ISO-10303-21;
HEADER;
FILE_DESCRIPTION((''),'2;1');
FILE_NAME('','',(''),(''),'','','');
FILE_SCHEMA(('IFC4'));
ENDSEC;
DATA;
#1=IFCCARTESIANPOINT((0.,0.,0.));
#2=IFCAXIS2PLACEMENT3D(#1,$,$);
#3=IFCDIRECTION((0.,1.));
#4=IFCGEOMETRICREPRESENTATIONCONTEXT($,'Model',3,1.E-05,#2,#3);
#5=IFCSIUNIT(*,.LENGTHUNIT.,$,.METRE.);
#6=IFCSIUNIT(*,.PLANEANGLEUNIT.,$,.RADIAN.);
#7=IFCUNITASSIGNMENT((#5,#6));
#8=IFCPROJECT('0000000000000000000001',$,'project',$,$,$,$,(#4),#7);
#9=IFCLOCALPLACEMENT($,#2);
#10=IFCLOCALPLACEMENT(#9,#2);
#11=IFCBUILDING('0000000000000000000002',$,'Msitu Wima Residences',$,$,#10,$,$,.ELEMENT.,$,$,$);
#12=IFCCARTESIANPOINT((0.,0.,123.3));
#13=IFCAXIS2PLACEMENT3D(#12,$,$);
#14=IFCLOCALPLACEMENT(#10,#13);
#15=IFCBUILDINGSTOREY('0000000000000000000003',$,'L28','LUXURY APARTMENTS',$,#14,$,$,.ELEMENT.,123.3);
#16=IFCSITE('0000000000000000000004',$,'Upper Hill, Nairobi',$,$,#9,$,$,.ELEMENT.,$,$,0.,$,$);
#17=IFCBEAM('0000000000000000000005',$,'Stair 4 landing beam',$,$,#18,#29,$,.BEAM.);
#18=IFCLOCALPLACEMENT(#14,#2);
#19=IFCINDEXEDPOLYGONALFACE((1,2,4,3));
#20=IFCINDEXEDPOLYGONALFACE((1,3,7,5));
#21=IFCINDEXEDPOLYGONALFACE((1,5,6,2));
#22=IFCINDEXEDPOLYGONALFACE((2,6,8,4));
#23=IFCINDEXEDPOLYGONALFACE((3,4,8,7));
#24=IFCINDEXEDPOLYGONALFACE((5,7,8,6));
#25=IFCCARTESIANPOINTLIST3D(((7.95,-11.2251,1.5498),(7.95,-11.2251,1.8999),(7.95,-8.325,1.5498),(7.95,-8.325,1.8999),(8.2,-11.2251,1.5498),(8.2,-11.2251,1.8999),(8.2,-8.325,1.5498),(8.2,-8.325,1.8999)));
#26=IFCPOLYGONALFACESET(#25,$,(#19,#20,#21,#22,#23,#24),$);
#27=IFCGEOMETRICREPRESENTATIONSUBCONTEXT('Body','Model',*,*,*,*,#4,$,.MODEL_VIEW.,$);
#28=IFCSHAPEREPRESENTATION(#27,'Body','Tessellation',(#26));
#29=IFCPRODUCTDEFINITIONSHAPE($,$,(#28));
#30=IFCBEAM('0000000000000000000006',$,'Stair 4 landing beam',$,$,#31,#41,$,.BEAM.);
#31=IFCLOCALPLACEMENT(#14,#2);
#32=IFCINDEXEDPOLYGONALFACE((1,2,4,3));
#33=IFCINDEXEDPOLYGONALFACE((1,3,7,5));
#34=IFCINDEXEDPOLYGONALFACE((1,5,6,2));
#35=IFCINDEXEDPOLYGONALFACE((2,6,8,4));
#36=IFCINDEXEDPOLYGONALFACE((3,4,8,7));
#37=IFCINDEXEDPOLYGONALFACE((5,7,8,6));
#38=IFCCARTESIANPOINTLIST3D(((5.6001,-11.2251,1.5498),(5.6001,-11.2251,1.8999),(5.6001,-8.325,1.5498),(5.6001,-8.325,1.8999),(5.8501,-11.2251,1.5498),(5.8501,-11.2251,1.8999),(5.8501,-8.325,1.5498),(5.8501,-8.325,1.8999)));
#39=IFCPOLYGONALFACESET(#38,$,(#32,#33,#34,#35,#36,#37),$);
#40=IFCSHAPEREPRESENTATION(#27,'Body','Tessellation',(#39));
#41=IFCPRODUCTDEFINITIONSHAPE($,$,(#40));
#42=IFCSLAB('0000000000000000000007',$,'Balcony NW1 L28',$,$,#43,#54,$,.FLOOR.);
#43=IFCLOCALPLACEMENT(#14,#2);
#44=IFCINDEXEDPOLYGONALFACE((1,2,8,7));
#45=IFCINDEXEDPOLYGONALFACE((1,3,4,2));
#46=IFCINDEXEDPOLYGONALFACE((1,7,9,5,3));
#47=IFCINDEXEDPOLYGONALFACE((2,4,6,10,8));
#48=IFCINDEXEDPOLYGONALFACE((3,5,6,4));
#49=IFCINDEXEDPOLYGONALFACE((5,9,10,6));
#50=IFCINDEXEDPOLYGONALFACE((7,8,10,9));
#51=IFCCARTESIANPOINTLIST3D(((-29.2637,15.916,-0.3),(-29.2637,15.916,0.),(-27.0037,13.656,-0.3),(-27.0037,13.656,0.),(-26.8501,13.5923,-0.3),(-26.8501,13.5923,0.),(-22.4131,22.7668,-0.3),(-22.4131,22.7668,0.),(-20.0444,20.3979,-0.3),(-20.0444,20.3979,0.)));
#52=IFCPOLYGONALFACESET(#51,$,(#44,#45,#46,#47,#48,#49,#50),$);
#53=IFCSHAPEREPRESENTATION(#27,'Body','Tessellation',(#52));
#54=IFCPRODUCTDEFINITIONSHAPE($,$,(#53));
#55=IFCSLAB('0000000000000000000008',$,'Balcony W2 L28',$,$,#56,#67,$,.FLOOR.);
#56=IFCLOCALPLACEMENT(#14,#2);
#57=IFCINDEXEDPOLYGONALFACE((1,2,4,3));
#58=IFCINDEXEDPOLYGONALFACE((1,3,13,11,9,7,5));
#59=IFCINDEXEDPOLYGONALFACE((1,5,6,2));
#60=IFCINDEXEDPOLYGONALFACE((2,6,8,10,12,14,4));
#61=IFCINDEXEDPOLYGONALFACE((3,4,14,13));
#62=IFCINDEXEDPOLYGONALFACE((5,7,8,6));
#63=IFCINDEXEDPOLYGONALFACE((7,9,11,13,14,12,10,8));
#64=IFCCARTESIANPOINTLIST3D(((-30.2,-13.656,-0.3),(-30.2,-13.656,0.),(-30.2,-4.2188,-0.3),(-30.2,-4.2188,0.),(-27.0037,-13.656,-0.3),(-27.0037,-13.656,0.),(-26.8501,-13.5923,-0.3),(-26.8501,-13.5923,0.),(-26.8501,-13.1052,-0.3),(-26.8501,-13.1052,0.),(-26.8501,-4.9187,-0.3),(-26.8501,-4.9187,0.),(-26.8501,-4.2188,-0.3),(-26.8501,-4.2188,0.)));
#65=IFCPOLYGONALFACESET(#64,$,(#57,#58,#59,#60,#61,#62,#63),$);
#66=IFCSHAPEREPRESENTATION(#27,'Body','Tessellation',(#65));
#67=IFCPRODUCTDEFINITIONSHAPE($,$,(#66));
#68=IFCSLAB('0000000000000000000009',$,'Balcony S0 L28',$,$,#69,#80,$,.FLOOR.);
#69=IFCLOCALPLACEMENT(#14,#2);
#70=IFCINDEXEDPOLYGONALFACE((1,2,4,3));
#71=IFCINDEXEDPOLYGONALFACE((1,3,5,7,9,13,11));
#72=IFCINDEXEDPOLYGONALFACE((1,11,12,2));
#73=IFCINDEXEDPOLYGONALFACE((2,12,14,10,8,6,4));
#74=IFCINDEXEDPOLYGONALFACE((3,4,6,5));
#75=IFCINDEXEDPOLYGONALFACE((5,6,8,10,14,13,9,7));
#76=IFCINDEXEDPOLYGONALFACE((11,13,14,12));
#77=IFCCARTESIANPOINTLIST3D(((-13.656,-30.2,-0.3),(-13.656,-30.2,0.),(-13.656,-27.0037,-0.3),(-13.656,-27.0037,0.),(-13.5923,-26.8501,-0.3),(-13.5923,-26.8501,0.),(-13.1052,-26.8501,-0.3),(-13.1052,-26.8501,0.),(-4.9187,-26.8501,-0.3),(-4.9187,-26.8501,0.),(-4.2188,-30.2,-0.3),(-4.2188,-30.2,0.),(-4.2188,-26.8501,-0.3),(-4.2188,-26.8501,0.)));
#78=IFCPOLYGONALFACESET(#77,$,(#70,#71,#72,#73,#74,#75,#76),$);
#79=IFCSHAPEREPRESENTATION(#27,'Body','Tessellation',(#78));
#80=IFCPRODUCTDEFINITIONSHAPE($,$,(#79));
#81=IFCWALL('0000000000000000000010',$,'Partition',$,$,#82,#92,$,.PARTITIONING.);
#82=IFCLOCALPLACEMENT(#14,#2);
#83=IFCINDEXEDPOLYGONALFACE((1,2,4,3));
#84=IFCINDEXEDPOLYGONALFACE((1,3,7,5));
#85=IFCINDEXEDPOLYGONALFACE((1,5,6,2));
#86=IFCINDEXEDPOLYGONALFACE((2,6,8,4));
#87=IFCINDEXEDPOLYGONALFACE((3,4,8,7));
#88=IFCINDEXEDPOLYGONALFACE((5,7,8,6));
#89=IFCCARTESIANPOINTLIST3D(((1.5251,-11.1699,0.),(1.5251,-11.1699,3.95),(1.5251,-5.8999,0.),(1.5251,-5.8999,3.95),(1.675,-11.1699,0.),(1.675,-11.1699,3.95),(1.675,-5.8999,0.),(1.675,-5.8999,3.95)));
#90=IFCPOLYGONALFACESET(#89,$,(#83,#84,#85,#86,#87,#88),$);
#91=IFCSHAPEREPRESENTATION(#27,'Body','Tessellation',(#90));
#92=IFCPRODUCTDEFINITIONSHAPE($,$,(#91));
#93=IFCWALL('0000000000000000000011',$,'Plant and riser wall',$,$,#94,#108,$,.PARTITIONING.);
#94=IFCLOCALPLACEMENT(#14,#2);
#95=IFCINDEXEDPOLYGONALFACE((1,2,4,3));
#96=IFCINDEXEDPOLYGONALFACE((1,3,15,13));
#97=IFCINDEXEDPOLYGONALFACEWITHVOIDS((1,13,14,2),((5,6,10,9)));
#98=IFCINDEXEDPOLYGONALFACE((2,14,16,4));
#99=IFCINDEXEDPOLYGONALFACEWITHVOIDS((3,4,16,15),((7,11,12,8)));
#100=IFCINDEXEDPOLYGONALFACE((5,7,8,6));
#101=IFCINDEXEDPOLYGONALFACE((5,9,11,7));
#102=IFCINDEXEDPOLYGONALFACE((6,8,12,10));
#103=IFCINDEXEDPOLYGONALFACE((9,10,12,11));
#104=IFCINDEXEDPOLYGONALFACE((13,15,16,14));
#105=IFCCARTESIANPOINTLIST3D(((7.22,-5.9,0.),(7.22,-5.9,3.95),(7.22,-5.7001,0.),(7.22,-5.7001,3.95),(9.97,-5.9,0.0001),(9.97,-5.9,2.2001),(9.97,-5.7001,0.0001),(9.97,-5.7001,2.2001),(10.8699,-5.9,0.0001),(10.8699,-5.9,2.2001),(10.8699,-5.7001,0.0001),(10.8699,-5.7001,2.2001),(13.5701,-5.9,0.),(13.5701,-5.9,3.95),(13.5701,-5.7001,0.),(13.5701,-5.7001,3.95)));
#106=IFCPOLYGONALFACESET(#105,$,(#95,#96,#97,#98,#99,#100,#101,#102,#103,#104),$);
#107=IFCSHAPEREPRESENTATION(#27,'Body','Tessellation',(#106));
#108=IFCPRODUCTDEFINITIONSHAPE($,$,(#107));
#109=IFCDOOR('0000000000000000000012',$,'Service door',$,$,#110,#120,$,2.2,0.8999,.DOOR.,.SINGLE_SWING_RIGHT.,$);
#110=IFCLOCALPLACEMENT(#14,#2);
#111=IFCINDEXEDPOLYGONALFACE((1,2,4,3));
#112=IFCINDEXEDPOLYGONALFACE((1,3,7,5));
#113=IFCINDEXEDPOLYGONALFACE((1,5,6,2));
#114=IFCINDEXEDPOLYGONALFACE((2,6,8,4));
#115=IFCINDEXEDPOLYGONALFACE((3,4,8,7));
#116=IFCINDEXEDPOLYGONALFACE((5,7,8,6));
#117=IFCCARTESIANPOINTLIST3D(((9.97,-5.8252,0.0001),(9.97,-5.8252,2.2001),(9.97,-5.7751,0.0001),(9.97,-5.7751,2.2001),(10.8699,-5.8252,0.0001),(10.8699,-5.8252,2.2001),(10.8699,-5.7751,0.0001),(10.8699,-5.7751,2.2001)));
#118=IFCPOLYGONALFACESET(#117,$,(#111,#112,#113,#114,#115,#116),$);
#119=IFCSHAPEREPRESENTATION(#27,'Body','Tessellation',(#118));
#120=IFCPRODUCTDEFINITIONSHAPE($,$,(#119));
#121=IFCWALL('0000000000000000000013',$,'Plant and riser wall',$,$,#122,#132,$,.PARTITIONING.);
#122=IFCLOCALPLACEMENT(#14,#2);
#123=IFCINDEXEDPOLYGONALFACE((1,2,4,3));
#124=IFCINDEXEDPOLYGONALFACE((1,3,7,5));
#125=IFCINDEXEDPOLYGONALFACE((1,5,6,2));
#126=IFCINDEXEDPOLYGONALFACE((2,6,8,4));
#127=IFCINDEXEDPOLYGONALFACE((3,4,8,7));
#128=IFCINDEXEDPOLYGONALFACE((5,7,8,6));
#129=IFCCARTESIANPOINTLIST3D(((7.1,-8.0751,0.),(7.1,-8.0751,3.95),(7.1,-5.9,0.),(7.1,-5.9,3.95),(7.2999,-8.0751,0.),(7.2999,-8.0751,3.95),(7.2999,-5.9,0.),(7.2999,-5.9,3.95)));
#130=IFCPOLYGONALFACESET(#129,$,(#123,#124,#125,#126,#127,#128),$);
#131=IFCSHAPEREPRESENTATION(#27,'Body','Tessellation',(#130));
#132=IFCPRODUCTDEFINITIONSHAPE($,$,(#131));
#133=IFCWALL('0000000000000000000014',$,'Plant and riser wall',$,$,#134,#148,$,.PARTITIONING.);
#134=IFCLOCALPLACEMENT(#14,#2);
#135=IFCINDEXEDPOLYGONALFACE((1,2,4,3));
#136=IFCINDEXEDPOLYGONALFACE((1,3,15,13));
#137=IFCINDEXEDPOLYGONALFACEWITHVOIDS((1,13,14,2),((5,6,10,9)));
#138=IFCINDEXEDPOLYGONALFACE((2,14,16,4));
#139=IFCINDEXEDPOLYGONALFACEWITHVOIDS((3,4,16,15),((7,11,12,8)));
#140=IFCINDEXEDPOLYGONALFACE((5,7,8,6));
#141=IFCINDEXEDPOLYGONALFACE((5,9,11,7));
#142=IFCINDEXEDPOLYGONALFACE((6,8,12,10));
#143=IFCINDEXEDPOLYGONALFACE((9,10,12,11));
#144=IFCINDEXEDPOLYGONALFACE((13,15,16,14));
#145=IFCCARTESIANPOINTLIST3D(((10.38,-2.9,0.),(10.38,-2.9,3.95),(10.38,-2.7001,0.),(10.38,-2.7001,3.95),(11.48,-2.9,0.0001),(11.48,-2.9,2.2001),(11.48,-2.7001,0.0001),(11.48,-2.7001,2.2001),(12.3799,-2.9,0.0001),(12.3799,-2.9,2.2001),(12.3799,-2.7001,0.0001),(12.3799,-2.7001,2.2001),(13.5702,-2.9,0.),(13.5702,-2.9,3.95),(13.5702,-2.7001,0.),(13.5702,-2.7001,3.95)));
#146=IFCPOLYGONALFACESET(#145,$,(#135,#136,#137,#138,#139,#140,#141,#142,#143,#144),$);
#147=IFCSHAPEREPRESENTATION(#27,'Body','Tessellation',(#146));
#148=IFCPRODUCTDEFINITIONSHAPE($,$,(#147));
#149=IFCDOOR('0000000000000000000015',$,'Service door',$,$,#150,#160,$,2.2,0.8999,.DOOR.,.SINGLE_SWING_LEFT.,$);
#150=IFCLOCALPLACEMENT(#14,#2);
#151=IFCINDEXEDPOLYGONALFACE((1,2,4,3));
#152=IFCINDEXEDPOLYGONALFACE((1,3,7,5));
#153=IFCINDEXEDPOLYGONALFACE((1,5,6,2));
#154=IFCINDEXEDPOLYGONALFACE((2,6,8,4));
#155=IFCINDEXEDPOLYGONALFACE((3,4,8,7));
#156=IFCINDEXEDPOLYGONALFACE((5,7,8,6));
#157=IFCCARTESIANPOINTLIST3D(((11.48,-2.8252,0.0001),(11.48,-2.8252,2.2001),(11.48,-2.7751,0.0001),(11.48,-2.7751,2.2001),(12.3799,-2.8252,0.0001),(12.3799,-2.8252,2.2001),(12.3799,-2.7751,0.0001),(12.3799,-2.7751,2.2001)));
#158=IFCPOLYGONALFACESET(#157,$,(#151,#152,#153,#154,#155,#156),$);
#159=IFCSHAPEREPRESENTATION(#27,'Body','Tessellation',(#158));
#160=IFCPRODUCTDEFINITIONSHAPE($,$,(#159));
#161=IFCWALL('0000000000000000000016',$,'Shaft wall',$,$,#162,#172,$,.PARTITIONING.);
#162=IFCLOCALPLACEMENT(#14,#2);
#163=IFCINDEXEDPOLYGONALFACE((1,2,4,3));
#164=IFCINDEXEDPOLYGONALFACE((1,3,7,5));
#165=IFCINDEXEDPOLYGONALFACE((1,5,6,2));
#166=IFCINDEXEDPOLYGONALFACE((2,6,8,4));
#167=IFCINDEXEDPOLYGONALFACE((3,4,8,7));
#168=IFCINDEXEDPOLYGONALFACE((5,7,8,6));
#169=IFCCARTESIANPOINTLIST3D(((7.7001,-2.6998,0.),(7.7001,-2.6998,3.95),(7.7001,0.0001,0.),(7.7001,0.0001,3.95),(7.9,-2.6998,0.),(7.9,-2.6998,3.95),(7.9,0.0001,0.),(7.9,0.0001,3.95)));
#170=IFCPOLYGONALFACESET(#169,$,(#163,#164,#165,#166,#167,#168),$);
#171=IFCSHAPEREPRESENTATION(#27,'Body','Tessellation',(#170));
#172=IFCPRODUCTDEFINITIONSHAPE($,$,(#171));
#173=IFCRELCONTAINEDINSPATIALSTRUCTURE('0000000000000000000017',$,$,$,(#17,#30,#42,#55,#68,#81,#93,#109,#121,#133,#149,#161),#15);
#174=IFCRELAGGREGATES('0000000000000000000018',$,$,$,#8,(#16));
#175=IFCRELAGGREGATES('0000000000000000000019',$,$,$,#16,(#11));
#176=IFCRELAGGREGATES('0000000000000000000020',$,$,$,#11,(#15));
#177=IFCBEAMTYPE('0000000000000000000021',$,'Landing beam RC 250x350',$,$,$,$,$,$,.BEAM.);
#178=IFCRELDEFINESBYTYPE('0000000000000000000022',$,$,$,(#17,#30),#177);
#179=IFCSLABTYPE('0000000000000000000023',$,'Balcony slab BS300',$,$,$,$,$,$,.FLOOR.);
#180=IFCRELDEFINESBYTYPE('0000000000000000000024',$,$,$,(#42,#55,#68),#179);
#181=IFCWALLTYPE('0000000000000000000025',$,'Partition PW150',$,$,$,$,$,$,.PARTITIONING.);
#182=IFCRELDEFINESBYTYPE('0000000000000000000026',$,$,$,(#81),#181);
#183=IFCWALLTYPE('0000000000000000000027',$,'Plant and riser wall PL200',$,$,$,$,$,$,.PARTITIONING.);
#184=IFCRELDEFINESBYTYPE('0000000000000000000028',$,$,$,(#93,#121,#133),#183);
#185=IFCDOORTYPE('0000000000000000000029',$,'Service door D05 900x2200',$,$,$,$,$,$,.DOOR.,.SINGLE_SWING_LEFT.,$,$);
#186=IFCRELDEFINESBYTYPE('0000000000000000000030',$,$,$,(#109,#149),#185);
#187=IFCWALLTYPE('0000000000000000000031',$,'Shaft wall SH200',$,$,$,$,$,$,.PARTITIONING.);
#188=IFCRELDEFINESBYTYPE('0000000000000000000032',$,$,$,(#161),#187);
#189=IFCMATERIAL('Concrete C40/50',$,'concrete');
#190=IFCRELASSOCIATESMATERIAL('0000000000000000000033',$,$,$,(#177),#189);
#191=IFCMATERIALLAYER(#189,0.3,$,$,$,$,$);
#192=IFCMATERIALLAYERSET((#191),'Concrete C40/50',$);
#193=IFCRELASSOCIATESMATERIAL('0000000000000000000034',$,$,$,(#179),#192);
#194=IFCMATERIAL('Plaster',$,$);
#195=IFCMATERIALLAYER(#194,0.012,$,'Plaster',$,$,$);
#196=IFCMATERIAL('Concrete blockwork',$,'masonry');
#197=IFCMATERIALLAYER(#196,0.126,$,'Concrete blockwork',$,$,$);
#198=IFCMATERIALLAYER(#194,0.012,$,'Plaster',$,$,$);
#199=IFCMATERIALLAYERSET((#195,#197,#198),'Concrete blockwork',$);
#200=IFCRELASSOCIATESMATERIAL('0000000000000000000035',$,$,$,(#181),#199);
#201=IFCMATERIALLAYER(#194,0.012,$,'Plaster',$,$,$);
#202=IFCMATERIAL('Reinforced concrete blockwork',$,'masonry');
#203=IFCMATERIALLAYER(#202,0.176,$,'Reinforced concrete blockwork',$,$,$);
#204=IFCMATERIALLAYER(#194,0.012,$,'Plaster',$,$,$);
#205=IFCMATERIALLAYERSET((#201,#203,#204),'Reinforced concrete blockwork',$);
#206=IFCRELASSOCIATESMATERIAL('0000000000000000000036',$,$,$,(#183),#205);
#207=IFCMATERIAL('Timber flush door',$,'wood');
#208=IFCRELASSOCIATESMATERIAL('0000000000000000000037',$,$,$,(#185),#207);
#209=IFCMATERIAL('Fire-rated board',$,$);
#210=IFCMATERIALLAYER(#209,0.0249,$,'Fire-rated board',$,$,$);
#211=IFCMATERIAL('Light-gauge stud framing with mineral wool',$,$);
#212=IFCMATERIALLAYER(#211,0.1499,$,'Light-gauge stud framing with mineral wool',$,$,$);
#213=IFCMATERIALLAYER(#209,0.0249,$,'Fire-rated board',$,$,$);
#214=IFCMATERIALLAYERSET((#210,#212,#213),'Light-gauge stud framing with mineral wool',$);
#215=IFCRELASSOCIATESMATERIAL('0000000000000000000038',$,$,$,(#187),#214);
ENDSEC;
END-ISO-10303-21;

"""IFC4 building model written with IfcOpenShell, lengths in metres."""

from ifc_helpers import new_model, si_unit, direction, frame, frame_2d, origin, origin_2d, place, context, subcontext, project, spatial, polyline, rectangle, outline, extrude, material, layer, layer_set, material_profile, profile_set, type_object, element, fill, save


model = new_model("IFC4")

# Units and contexts
model_context = context("Model", 3, precision=1e-05, world=origin(), true_north=direction((0.0, 1.0)))
body_context = subcontext(model_context, "Body", "Model", "MODEL_VIEW")
ifc_project = project(units=[si_unit("LENGTHUNIT", "METRE"), si_unit("PLANEANGLEUNIT", "RADIAN")], contexts=[model_context])

# Site, building, storey
site_placement = place(None, origin())
site = spatial("IfcSite", under=ifc_project, at=site_placement, Name="Upper Hill, Nairobi", CompositionType="ELEMENT", RefElevation=0.0)
building_placement = place(site_placement, origin())
building = spatial("IfcBuilding", under=site, at=building_placement, Name="Msitu Wima Residences", CompositionType="ELEMENT")
storey_placement = place(building_placement, frame((0.0, 0.0, 123.3)))
storey = spatial("IfcBuildingStorey", under=building, at=storey_placement, Name="L28", Description="LUXURY APARTMENTS", CompositionType="ELEMENT", Elevation=123.3)

# Beams
ifc_material_1 = material(Name="Concrete C40/50", Category="concrete")
ifc_material_profile = material_profile(ifc_material_1, rectangle(XDim=0.25, YDim=0.3501, at=origin_2d()), Name="RC 250x350")
ifc_profile_set = profile_set([ifc_material_profile], Name="Concrete C40/50")
beam_type = type_object("IfcBeamType", Name="Landing beam RC 250x350", PredefinedType="BEAM", material=ifc_profile_set)
for number, where, z_axis, x_axis, name in (
    (1, (8.075, -11.2251, 1.7249), (0.0, 1.0, 0.0), (-1.0, 0.0, 0.0), "Stair 4 landing beam"),
    (2, (5.7251, -11.2251, 1.7249), (0.0, 1.0, 0.0), (-1.0, 0.0, 0.0), "Stair 4 landing beam"),
):
    element("IfcBeam", number, at=place(storey_placement, frame(where, z_axis=z_axis, x_axis=x_axis)), inside=storey, type_object=beam_type, Name=name, PredefinedType="BEAM", context=body_context, shape_type="SweptSolid", body=[
        extrude(rectangle(XDim=0.25, YDim=0.3501, at=origin_2d()), origin(), (0.0, 0.0, 1.0), 2.9001),
    ])

# Slabs
ifc_layer_1 = layer(ifc_material_1, 0.3)
ifc_layer_set_1 = layer_set([ifc_layer_1], Name="Concrete C40/50")
slab_type = type_object("IfcSlabType", Name="Balcony slab BS300", PredefinedType="FLOOR", material=ifc_layer_set_1)
slab_1_placement = place(storey_placement, frame((0.0, 0.0, -0.3)))
element("IfcSlab", 3, at=slab_1_placement, inside=storey, type_object=slab_type, Name="Balcony NW1 L28", PredefinedType="FLOOR", context=body_context, shape_type="SweptSolid", body=[
    extrude(outline(polyline([(-29.2637, 15.916), (-22.4131, 22.7668), (-20.0444, 20.3979), (-26.8501, 13.5923), (-27.0037, 13.656), (-29.2637, 15.916)])), origin(), (0.0, 0.0, 1.0), 0.3),
])
slab_2_placement = place(storey_placement, frame((0.0, 0.0, -0.3)))
element("IfcSlab", 4, at=slab_2_placement, inside=storey, type_object=slab_type, Name="Balcony W2 L28", PredefinedType="FLOOR", context=body_context, shape_type="SweptSolid", body=[
    extrude(outline(polyline([(-26.8501, -13.1052), (-26.8501, -13.1052), (-26.8501, -13.5923), (-27.0037, -13.656), (-30.2, -13.656), (-30.2, -4.2188), (-26.8501, -4.2188), (-26.8501, -4.9187), (-26.8501, -4.9187), (-26.8501, -13.1052), (-26.8501, -13.1052)])), origin(), (0.0, 0.0, 1.0), 0.3),
])
slab_3_placement = place(storey_placement, frame((0.0, 0.0, -0.3)))
element("IfcSlab", 5, at=slab_3_placement, inside=storey, type_object=slab_type, Name="Balcony S0 L28", PredefinedType="FLOOR", context=body_context, shape_type="SweptSolid", body=[
    extrude(outline(polyline([(-13.1052, -26.8501), (-13.1052, -26.8501), (-4.9187, -26.8501), (-4.9187, -26.8501), (-4.2188, -26.8501), (-4.2188, -30.2), (-13.656, -30.2), (-13.656, -27.0037), (-13.5923, -26.8501), (-13.1052, -26.8501), (-13.1052, -26.8501)])), origin(), (0.0, 0.0, 1.0), 0.3),
])

# Wall
ifc_material_2 = material(Name="Plaster")
ifc_layer_2 = layer(ifc_material_2, 0.012, Name="Plaster")
ifc_material_3 = material(Name="Concrete blockwork", Category="masonry")
ifc_layer_3 = layer(ifc_material_3, 0.126, Name="Concrete blockwork")
ifc_layer_4 = layer(ifc_material_2, 0.012, Name="Plaster")
ifc_layer_set_2 = layer_set([ifc_layer_2, ifc_layer_3, ifc_layer_4], Name="Concrete blockwork")
wall_type_1 = type_object("IfcWallType", Name="Partition PW150", PredefinedType="PARTITIONING", material=ifc_layer_set_2)
wall_1_placement = place(storey_placement, frame((1.6001, -11.1699, 0.0), z_axis=(0.0, 0.0, 1.0), x_axis=(0.0, 1.0, 0.0)))
element("IfcWall", 6, at=wall_1_placement, inside=storey, type_object=wall_type_1, Name="Partition", PredefinedType="PARTITIONING", context=body_context, shape_type="SweptSolid", body=[
    extrude(rectangle(XDim=5.27, YDim=0.1499, at=frame_2d((2.635, 0.0))), origin(), (0.0, 0.0, 1.0), 3.95),
])

# Wall, opening, door
ifc_layer_5 = layer(ifc_material_2, 0.012, Name="Plaster")
ifc_material_4 = material(Name="Reinforced concrete blockwork", Category="masonry")
ifc_layer_6 = layer(ifc_material_4, 0.176, Name="Reinforced concrete blockwork")
ifc_layer_7 = layer(ifc_material_2, 0.012, Name="Plaster")
ifc_layer_set_3 = layer_set([ifc_layer_5, ifc_layer_6, ifc_layer_7], Name="Reinforced concrete blockwork")
wall_type_2 = type_object("IfcWallType", Name="Plant and riser wall PL200", PredefinedType="PARTITIONING", material=ifc_layer_set_3)
wall_2_placement = place(storey_placement, frame((7.22, -5.8, 0.0), z_axis=(0.0, 0.0, 1.0), x_axis=(1.0, 0.0, 0.0)))
wall_2 = element("IfcWall", 7, at=wall_2_placement, inside=storey, type_object=wall_type_2, Name="Plant and riser wall", PredefinedType="PARTITIONING", context=body_context, shape_type="SweptSolid", body=[
    extrude(rectangle(XDim=6.3501, YDim=0.2, at=frame_2d((3.175, 0.0))), origin(), (0.0, 0.0, 1.0), 3.95),
])
opening_1_placement = place(wall_2_placement, frame((2.75, 0.0, 0.0)))
opening_1 = element("IfcOpeningElement", 8, at=opening_1_placement, cuts=wall_2, PredefinedType="OPENING", context=body_context, shape_type="SweptSolid", body=[
    extrude(rectangle(XDim=0.8999, YDim=2.2, at=frame_2d((0.45, 1.1001))), frame((0.0, 0.1099, 0.0), z_axis=(0.0, -1.0, 0.0), x_axis=(1.0, 0.0, 0.0)), (0.0, 0.0, 1.0), 0.22),
])
ifc_material_5 = material(Name="Timber flush door", Category="wood")
door_type = type_object("IfcDoorType", Name="Service door D05 900x2200", OperationType="SINGLE_SWING_LEFT", PredefinedType="DOOR", material=ifc_material_5)
door_1_placement = place(opening_1_placement, origin())
door_1 = element("IfcDoor", 9, at=door_1_placement, inside=storey, type_object=door_type, Name="Service door", OperationType="SINGLE_SWING_RIGHT", OverallHeight=2.2, OverallWidth=0.8999, PredefinedType="DOOR", context=body_context, shape_type="SweptSolid", body=[
    extrude(rectangle(XDim=0.8999, YDim=2.2, at=frame_2d((0.45, 1.1001))), frame((0.0, 0.0249, 0.0), z_axis=(0.0, -1.0, 0.0), x_axis=(1.0, 0.0, 0.0)), (0.0, 0.0, 1.0), 0.05),
])
fill(opening_1, door_1)

# Wall
wall_3_placement = place(storey_placement, frame((7.2, -8.075, 0.0), z_axis=(0.0, 0.0, 1.0), x_axis=(0.0, 1.0, 0.0)))
element("IfcWall", 10, at=wall_3_placement, inside=storey, type_object=wall_type_2, Name="Plant and riser wall", PredefinedType="PARTITIONING", context=body_context, shape_type="SweptSolid", body=[
    extrude(rectangle(XDim=2.175, YDim=0.2, at=frame_2d((1.0874, 0.0))), origin(), (0.0, 0.0, 1.0), 3.95),
])

# Wall, opening, door
wall_4_placement = place(storey_placement, frame((10.3799, -2.8, 0.0), z_axis=(0.0, 0.0, 1.0), x_axis=(1.0, 0.0, 0.0)))
wall_4 = element("IfcWall", 11, at=wall_4_placement, inside=storey, type_object=wall_type_2, Name="Plant and riser wall", PredefinedType="PARTITIONING", context=body_context, shape_type="SweptSolid", body=[
    extrude(rectangle(XDim=3.1902, YDim=0.2, at=frame_2d((1.5952, 0.0))), origin(), (0.0, 0.0, 1.0), 3.95),
])
opening_2_placement = place(wall_4_placement, frame((1.1001, 0.0, 0.0)))
opening_2 = element("IfcOpeningElement", 12, at=opening_2_placement, cuts=wall_4, PredefinedType="OPENING", context=body_context, shape_type="SweptSolid", body=[
    extrude(rectangle(XDim=0.8999, YDim=2.2, at=frame_2d((0.45, 1.1001))), frame((0.0, 0.1099, 0.0), z_axis=(0.0, -1.0, 0.0), x_axis=(1.0, 0.0, 0.0)), (0.0, 0.0, 1.0), 0.22),
])
door_2_placement = place(opening_2_placement, origin())
door_2 = element("IfcDoor", 13, at=door_2_placement, inside=storey, type_object=door_type, Name="Service door", OperationType="SINGLE_SWING_LEFT", OverallHeight=2.2, OverallWidth=0.8999, PredefinedType="DOOR", context=body_context, shape_type="SweptSolid", body=[
    extrude(rectangle(XDim=0.8999, YDim=2.2, at=frame_2d((0.45, 1.1001))), frame((0.0, 0.0249, 0.0), z_axis=(0.0, -1.0, 0.0), x_axis=(1.0, 0.0, 0.0)), (0.0, 0.0, 1.0), 0.05),
])
fill(opening_2, door_2)

# Wall
ifc_material_6 = material(Name="Fire-rated board")
ifc_layer_8 = layer(ifc_material_6, 0.0249, Name="Fire-rated board")
ifc_material_7 = material(Name="Light-gauge stud framing with mineral wool")
ifc_layer_9 = layer(ifc_material_7, 0.1499, Name="Light-gauge stud framing with mineral wool")
ifc_layer_10 = layer(ifc_material_6, 0.0249, Name="Fire-rated board")
ifc_layer_set_4 = layer_set([ifc_layer_8, ifc_layer_9, ifc_layer_10], Name="Light-gauge stud framing with mineral wool")
wall_type_3 = type_object("IfcWallType", Name="Shaft wall SH200", PredefinedType="PARTITIONING", material=ifc_layer_set_4)
wall_5_placement = place(storey_placement, frame((7.8, -2.7, 0.0), z_axis=(0.0, 0.0, 1.0), x_axis=(0.0, 1.0, 0.0)))
element("IfcWall", 14, at=wall_5_placement, inside=storey, type_object=wall_type_3, Name="Shaft wall", PredefinedType="PARTITIONING", context=body_context, shape_type="SweptSolid", body=[
    extrude(rectangle(XDim=2.7, YDim=0.2, at=frame_2d((1.3501, 0.0))), origin(), (0.0, 0.0, 1.0), 3.95),
])

save(model, "model.ifc")
